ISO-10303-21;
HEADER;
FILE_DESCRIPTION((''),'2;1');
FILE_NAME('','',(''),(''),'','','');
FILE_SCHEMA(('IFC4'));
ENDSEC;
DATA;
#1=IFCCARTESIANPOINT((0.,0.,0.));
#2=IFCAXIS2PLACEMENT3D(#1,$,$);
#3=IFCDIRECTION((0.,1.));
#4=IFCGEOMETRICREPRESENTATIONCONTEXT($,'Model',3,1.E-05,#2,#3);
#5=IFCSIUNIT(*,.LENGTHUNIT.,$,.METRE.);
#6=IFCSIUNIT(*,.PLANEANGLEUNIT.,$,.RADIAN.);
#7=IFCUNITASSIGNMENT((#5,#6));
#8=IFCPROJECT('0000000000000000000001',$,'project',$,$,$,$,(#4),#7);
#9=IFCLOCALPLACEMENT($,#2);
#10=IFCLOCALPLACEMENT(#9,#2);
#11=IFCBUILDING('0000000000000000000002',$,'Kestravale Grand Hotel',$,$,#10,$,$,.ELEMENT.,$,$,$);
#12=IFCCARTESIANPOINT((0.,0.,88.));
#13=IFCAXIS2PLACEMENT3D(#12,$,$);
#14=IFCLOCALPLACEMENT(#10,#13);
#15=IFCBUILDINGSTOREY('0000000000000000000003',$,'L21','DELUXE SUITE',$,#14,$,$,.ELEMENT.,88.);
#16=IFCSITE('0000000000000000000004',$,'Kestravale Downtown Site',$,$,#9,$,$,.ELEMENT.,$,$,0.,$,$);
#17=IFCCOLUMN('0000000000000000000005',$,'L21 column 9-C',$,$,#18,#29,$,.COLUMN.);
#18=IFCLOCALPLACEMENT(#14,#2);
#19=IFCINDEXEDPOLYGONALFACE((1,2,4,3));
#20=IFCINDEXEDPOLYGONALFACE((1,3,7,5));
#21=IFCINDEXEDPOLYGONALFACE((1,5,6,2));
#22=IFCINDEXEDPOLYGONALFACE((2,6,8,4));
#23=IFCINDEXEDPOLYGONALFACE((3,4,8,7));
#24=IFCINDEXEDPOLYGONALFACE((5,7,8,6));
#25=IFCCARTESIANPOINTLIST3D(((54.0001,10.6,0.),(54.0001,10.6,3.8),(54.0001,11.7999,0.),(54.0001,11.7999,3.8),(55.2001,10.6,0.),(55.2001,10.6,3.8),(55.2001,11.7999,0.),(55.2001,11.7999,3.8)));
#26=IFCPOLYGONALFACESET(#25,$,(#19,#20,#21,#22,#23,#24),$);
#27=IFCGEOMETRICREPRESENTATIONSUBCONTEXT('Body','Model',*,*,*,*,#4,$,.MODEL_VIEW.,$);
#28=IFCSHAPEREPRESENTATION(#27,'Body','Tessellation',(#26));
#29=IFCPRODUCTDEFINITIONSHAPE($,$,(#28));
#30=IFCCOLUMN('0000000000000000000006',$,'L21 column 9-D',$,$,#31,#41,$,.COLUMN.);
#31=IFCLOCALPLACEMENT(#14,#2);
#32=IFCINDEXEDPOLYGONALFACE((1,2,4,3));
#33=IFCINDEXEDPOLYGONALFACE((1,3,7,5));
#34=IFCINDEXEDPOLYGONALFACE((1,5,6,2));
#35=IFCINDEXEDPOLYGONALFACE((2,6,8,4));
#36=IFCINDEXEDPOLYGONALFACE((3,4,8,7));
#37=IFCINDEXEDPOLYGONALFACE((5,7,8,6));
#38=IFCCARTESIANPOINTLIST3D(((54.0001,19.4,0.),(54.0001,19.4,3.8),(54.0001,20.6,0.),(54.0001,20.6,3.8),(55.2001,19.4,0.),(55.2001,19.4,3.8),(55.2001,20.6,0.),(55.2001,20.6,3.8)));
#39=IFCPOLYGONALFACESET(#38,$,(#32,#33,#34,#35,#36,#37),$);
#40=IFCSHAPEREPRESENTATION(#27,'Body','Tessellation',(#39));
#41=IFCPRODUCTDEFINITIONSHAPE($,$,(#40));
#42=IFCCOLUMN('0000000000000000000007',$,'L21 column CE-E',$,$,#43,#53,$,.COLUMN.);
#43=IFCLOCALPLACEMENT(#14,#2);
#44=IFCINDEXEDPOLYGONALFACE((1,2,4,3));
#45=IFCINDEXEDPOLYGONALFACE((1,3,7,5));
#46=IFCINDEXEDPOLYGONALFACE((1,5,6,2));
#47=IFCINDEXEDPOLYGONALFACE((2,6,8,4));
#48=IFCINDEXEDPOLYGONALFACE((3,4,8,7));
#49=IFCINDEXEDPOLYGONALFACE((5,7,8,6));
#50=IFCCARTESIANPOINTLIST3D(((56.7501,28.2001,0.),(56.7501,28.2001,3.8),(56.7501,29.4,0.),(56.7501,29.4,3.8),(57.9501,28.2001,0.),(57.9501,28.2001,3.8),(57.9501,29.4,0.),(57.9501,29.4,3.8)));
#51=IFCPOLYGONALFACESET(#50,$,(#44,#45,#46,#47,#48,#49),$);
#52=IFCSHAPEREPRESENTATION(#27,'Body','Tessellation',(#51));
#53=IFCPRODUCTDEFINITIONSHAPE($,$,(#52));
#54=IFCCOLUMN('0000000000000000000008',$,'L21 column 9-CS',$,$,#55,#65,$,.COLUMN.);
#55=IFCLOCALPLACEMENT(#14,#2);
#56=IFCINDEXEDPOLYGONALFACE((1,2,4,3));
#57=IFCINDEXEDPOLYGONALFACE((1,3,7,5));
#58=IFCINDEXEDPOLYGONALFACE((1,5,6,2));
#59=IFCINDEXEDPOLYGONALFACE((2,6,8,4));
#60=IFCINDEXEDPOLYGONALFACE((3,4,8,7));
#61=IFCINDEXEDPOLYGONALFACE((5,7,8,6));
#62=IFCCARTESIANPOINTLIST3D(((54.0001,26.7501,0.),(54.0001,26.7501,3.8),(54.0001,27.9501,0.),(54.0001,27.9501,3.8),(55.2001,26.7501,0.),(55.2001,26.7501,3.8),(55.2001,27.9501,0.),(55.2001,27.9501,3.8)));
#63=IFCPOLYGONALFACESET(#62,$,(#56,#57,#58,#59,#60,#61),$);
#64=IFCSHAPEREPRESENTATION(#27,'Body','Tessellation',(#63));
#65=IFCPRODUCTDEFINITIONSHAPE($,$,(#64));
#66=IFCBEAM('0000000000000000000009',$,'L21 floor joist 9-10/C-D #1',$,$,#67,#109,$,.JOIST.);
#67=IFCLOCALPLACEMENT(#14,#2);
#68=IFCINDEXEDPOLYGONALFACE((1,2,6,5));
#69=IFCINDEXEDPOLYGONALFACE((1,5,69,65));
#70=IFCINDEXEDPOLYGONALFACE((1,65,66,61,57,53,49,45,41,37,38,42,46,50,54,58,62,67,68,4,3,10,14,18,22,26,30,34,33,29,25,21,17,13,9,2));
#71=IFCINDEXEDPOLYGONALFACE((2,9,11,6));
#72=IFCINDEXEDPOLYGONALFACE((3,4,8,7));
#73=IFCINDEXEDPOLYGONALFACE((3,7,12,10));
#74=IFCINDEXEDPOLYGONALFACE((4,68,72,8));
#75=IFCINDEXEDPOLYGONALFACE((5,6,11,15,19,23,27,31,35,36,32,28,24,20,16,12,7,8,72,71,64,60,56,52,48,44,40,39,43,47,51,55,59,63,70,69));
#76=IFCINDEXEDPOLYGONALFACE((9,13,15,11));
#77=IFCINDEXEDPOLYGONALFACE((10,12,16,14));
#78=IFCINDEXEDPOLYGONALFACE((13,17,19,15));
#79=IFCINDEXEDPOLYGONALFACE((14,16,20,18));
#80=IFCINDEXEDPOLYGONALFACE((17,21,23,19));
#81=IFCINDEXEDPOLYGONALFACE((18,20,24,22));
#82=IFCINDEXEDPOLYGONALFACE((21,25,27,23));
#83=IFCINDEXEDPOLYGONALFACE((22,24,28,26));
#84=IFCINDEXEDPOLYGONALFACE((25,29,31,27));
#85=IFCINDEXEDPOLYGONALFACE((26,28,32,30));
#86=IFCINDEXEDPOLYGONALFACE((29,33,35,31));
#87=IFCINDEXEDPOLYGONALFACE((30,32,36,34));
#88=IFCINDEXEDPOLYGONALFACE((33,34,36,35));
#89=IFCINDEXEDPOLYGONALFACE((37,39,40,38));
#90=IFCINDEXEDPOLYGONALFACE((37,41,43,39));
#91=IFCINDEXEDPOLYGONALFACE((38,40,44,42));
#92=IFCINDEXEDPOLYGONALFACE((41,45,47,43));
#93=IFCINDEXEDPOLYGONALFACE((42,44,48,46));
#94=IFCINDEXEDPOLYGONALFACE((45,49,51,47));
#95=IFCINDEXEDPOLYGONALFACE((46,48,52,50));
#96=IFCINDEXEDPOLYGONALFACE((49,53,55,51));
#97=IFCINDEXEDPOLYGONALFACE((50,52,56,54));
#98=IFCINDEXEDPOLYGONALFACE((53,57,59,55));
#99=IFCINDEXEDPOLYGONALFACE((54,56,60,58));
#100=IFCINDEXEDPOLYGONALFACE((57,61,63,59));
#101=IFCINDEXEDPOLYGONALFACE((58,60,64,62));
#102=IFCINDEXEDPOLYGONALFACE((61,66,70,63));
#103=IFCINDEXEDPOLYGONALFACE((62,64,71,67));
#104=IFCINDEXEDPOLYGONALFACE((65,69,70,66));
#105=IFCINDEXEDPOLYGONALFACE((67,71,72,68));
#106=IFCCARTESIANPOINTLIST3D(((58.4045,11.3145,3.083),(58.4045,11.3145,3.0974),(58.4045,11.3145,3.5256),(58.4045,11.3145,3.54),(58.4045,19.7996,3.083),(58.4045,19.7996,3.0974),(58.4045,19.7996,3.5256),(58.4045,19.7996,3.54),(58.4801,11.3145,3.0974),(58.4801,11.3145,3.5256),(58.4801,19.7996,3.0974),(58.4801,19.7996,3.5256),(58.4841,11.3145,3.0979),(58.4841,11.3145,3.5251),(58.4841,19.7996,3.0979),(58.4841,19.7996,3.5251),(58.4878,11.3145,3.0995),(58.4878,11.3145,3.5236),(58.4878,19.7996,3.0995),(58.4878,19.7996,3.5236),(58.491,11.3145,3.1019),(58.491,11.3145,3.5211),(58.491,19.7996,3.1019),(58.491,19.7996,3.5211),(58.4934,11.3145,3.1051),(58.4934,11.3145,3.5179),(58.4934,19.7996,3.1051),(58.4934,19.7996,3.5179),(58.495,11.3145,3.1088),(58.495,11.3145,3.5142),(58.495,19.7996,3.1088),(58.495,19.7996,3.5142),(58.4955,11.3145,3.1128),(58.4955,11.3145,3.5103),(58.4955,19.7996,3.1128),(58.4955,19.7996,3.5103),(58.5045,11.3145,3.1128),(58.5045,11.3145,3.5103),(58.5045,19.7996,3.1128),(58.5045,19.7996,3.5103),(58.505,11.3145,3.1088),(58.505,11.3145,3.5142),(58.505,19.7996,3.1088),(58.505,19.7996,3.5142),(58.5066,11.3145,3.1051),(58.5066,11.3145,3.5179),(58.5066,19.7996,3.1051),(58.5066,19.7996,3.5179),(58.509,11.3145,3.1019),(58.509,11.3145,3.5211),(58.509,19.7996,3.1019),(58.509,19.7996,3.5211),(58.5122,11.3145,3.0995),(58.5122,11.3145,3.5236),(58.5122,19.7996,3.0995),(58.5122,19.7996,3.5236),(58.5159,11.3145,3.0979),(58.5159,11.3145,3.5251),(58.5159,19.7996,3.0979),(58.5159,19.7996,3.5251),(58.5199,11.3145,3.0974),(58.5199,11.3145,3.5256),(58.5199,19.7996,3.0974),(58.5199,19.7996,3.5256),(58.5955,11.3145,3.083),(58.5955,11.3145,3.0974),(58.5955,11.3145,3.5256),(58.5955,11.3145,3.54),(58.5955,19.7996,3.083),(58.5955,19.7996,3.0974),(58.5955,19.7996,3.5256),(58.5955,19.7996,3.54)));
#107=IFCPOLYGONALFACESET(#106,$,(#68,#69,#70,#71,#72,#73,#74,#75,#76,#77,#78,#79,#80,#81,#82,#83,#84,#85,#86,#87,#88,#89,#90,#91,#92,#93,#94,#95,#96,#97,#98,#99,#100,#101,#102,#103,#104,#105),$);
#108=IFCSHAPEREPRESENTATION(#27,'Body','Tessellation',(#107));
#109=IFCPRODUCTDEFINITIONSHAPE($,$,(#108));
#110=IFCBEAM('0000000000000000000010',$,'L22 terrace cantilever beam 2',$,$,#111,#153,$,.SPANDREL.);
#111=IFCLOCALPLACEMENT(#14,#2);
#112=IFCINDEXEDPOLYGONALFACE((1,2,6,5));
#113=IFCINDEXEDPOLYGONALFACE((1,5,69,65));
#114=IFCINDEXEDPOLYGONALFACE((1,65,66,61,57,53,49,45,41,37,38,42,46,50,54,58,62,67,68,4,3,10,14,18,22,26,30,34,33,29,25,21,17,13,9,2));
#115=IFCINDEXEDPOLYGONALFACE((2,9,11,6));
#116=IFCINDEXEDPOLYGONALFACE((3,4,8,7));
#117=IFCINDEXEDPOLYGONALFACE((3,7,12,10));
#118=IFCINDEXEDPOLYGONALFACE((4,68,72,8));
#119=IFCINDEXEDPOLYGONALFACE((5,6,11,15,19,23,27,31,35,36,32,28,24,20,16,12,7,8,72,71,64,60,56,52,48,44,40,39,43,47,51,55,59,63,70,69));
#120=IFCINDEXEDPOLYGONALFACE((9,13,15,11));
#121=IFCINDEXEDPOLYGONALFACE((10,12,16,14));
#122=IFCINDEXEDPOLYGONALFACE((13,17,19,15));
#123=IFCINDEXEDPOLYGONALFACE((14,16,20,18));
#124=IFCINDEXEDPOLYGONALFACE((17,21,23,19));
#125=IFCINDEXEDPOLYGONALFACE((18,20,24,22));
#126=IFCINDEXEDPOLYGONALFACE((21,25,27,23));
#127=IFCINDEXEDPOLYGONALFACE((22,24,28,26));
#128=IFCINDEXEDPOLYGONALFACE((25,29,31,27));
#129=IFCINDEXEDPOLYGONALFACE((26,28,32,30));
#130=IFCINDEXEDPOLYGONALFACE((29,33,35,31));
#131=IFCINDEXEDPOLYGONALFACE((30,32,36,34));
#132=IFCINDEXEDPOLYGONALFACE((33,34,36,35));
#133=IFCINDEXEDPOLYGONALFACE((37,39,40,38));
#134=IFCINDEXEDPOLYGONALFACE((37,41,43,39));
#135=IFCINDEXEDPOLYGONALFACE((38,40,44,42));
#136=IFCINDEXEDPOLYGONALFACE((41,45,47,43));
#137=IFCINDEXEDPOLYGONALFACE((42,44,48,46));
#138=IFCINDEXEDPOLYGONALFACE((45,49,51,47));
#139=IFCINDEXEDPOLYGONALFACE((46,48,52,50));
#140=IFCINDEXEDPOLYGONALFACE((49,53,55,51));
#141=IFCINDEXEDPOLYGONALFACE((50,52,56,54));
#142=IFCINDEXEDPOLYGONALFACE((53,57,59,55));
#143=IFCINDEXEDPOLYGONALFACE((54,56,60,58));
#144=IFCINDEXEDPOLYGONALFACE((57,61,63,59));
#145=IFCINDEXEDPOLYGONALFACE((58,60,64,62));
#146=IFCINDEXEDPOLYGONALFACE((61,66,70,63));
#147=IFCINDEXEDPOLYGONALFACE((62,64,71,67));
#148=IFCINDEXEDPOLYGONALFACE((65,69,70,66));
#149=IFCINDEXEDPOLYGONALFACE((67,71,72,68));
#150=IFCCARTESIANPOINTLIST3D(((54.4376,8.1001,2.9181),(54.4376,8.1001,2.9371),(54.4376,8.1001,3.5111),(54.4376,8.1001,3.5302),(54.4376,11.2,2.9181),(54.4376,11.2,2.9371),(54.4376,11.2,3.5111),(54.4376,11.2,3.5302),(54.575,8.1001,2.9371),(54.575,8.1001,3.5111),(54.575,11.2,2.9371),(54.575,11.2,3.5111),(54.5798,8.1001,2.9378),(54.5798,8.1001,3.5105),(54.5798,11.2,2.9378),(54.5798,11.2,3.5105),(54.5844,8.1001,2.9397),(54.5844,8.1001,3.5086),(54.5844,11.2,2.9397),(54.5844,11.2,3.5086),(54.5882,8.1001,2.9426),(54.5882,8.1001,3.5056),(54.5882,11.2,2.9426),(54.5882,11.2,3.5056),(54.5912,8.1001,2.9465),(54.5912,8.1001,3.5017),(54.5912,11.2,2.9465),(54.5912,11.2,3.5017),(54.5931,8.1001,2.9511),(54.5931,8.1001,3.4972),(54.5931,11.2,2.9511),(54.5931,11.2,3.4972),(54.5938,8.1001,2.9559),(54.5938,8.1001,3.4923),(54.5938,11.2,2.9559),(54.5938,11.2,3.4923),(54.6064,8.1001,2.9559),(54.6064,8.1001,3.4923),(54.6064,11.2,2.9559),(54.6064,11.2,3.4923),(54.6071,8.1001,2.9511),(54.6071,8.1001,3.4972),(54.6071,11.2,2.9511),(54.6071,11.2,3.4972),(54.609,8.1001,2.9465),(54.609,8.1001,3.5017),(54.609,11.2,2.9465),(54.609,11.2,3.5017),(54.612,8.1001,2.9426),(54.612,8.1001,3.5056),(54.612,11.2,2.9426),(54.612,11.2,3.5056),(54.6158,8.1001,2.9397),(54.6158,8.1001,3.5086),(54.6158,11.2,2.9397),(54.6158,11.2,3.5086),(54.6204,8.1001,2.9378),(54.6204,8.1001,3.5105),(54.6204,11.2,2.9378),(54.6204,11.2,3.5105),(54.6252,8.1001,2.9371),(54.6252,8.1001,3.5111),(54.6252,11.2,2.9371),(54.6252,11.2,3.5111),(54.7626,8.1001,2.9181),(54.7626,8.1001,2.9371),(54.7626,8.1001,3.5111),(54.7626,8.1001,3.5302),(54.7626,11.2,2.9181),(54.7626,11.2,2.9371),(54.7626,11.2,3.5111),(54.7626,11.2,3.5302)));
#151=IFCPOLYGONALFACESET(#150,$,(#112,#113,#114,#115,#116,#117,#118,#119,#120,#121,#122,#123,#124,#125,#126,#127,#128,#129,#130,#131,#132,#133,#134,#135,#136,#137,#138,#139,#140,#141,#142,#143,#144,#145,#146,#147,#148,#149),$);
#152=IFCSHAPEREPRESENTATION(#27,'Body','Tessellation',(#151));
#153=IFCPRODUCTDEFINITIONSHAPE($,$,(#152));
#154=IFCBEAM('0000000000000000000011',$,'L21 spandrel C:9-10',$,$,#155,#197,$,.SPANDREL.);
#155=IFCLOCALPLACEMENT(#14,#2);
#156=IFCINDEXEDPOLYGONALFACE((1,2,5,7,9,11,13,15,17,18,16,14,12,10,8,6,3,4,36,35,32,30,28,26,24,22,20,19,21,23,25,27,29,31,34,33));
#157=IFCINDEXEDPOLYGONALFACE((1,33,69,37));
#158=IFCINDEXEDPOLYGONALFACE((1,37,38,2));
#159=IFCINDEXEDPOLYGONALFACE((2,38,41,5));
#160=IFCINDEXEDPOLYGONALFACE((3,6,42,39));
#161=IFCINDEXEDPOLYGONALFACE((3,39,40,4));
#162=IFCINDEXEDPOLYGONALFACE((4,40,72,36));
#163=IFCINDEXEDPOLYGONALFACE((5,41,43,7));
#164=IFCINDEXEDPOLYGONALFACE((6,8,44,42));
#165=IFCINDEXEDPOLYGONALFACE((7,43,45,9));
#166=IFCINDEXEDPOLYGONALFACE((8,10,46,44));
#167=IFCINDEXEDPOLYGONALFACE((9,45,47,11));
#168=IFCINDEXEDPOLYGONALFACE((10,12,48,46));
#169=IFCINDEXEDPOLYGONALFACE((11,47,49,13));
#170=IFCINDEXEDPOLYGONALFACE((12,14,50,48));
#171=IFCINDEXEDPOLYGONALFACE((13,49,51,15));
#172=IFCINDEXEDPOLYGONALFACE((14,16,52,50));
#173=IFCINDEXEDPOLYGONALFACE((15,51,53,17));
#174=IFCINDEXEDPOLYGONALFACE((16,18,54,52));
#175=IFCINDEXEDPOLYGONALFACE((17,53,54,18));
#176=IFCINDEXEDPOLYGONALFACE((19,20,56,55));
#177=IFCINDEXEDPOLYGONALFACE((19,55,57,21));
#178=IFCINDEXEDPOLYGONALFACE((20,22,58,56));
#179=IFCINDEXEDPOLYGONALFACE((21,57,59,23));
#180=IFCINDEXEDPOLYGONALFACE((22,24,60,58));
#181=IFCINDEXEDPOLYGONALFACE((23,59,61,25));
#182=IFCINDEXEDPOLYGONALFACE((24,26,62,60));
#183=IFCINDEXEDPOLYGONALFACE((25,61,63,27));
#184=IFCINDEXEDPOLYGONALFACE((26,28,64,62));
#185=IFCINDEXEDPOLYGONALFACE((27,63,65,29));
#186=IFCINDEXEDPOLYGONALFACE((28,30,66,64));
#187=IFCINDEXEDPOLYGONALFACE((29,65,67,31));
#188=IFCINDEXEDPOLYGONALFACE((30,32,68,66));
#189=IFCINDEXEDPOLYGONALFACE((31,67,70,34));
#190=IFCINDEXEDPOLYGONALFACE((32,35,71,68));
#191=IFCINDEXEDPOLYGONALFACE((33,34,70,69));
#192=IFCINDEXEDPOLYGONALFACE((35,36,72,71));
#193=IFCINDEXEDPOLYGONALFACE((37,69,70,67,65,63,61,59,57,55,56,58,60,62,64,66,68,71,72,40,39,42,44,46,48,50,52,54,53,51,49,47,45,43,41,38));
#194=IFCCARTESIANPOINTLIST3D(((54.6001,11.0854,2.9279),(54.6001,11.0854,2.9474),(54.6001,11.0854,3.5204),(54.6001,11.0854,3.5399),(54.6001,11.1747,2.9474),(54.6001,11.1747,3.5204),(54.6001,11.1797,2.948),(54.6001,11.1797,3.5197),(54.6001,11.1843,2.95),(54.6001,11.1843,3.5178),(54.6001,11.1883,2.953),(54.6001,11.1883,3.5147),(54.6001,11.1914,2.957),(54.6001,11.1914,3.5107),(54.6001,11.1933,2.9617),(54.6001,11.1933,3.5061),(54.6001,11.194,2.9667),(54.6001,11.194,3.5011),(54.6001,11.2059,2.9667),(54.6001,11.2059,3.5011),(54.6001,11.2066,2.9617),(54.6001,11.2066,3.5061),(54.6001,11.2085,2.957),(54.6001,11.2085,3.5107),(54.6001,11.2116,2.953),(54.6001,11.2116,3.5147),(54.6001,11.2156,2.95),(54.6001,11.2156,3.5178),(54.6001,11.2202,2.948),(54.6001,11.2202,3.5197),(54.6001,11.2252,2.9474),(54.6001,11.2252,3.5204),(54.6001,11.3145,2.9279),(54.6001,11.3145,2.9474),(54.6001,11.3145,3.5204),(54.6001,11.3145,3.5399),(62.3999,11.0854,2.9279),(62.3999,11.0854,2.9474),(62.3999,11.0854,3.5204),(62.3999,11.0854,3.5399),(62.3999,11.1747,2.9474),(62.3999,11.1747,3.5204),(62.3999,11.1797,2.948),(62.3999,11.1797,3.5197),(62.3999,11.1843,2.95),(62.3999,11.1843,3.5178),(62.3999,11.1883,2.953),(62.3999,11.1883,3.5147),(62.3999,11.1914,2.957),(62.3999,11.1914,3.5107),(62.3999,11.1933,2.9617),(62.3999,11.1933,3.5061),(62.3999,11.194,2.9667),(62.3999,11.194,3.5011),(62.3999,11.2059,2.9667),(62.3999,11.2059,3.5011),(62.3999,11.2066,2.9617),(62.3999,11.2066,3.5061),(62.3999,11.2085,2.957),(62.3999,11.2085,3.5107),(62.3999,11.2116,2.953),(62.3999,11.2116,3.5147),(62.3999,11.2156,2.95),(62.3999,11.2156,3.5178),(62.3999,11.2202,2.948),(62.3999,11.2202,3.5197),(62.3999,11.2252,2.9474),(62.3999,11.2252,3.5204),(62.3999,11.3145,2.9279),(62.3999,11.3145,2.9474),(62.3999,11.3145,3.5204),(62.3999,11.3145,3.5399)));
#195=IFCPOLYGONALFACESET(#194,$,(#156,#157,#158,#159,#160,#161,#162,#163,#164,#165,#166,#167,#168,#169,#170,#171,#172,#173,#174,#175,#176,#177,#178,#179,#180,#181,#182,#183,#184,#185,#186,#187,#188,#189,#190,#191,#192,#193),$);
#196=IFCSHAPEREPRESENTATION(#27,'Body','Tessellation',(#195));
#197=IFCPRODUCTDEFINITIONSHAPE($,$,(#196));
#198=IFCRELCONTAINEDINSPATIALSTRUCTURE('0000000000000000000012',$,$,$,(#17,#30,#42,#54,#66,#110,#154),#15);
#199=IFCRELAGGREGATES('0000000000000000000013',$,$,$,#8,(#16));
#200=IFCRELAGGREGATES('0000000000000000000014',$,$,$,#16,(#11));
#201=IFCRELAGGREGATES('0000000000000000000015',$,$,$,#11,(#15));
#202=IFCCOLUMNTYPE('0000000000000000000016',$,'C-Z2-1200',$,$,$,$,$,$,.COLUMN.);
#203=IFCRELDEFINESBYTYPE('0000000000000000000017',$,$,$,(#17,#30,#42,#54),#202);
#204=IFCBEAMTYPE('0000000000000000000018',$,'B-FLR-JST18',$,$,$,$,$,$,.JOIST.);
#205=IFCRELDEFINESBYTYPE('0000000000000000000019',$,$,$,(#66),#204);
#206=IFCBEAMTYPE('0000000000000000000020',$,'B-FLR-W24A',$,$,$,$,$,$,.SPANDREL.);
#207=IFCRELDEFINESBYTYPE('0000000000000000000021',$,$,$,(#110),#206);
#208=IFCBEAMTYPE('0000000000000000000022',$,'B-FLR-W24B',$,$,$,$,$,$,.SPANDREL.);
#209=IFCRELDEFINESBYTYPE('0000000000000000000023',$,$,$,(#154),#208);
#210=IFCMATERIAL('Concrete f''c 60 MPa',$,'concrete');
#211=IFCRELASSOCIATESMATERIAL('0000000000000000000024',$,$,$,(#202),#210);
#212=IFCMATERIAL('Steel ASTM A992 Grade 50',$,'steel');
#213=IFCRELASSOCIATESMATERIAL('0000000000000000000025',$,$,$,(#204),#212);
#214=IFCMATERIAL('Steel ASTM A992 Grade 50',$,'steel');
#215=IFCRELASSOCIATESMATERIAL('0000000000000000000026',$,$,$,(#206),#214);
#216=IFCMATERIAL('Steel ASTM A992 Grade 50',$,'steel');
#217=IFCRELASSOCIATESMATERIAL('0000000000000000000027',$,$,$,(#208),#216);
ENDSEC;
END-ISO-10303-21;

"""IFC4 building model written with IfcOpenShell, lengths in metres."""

from ifc_helpers import new_model, si_unit, direction, frame, origin, origin_2d, place, context, subcontext, project, spatial, rectangle, i_section, extrude, material, material_profile, profile_set, type_object, element, save


model = new_model("IFC4")

# Units and contexts
model_context = context("Model", 3, precision=1e-05, world=origin(), true_north=direction((0.0, 1.0)))
body_context = subcontext(model_context, "Body", "Model", "MODEL_VIEW")
ifc_project = project(units=[si_unit("LENGTHUNIT", "METRE"), si_unit("PLANEANGLEUNIT", "RADIAN")], contexts=[model_context])

# Site, building, storey
site_placement = place(None, origin())
site = spatial("IfcSite", under=ifc_project, at=site_placement, Name="Kestravale Downtown Site", CompositionType="ELEMENT", RefElevation=0.0)
building_placement = place(site_placement, origin())
building = spatial("IfcBuilding", under=site, at=building_placement, Name="Kestravale Grand Hotel", CompositionType="ELEMENT")
storey_placement = place(building_placement, frame((0.0, 0.0, 88.0)))
storey = spatial("IfcBuildingStorey", under=building, at=storey_placement, Name="L21", Description="DELUXE SUITE", CompositionType="ELEMENT", Elevation=88.0)

# Columns
ifc_material_1 = material(Name="Concrete f'c 60 MPa", Category="concrete")
ifc_material_profile_1 = material_profile(ifc_material_1, rectangle(XDim=1.2, YDim=1.2, at=origin_2d()))
ifc_profile_set_1 = profile_set([ifc_material_profile_1], Name="Concrete f'c 60 MPa")
column_type = type_object("IfcColumnType", Name="C-Z2-1200", PredefinedType="COLUMN", material=ifc_profile_set_1)
for number, where, z_axis, x_axis, name in (
    (1, (54.6001, 11.2, 0.0), (0.0, 0.0, 1.0), (1.0, 0.0, 0.0), "L21 column 9-C"),
    (2, (54.6001, 20.0, 0.0), (0.0, 0.0, 1.0), (1.0, 0.0, 0.0), "L21 column 9-D"),
    (3, (57.3501, 28.8, 0.0), (0.0, 0.0, 1.0), (1.0, 0.0, 0.0), "L21 column CE-E"),
    (4, (54.6001, 27.3501, 0.0), (0.0, 0.0, 1.0), (1.0, 0.0, 0.0), "L21 column 9-CS"),
):
    element("IfcColumn", number, at=place(storey_placement, frame(where, z_axis=z_axis, x_axis=x_axis)), inside=storey, type_object=column_type, Name=name, PredefinedType="COLUMN", context=body_context, shape_type="SweptSolid", body=[
        extrude(rectangle(XDim=1.2, YDim=1.2, at=origin_2d()), origin(), (0.0, 0.0, 1.0), 3.8),
    ])

# Beams
ifc_material_2 = material(Name="Steel ASTM A992 Grade 50", Category="steel")
ifc_material_profile_2 = material_profile(ifc_material_2, i_section(OverallWidth=0.1909, OverallDepth=0.457, WebThickness=0.009, FlangeThickness=0.0144, FilletRadius=0.0154, at=origin_2d()))
ifc_profile_set_2 = profile_set([ifc_material_profile_2], Name="Steel ASTM A992 Grade 50")
beam_type_1 = type_object("IfcBeamType", Name="B-FLR-JST18", PredefinedType="JOIST", material=ifc_profile_set_2)
beam_1_placement = place(storey_placement, frame((58.5, 11.3145, 3.3115), z_axis=(0.0, 1.0, 0.0), x_axis=(-1.0, 0.0, 0.0)))
element("IfcBeam", 5, at=beam_1_placement, inside=storey, type_object=beam_type_1, Name="L21 floor joist 9-10/C-D #1", PredefinedType="JOIST", context=body_context, shape_type="SweptSolid", body=[
    extrude(i_section(OverallWidth=0.1909, OverallDepth=0.457, WebThickness=0.009, FlangeThickness=0.0144, FilletRadius=0.0154, at=origin_2d()), origin(), (0.0, 0.0, 1.0), 8.4851),
])
ifc_material_3 = material(Name="Steel ASTM A992 Grade 50", Category="steel")
ifc_material_profile_3 = material_profile(ifc_material_3, i_section(OverallWidth=0.325, OverallDepth=0.6121, WebThickness=0.0127, FlangeThickness=0.019, FilletRadius=0.0188, at=origin_2d()))
ifc_profile_set_3 = profile_set([ifc_material_profile_3], Name="Steel ASTM A992 Grade 50")
beam_type_2 = type_object("IfcBeamType", Name="B-FLR-W24A", PredefinedType="SPANDREL", material=ifc_profile_set_3)
beam_2_placement = place(storey_placement, frame((54.6001, 11.2, 3.2241), z_axis=(0.0, -1.0, 0.0), x_axis=(1.0, 0.0, 0.0)))
element("IfcBeam", 6, at=beam_2_placement, inside=storey, type_object=beam_type_2, Name="L22 terrace cantilever beam 2", PredefinedType="SPANDREL", context=body_context, shape_type="SweptSolid", body=[
    extrude(i_section(OverallWidth=0.325, OverallDepth=0.6121, WebThickness=0.0127, FlangeThickness=0.019, FilletRadius=0.0188, at=origin_2d()), origin(), (0.0, 0.0, 1.0), 3.0999),
])
ifc_material_4 = material(Name="Steel ASTM A992 Grade 50", Category="steel")
ifc_material_profile_4 = material_profile(ifc_material_4, i_section(OverallWidth=0.229, OverallDepth=0.6121, WebThickness=0.012, FlangeThickness=0.0195, FilletRadius=0.0193, at=origin_2d()))
ifc_profile_set_4 = profile_set([ifc_material_profile_4], Name="Steel ASTM A992 Grade 50")
beam_type_3 = type_object("IfcBeamType", Name="B-FLR-W24B", PredefinedType="SPANDREL", material=ifc_profile_set_4)
beam_3_placement = place(storey_placement, frame((54.6001, 11.2, 3.2339), z_axis=(1.0, 0.0, 0.0), x_axis=(0.0, 1.0, 0.0)))
element("IfcBeam", 7, at=beam_3_placement, inside=storey, type_object=beam_type_3, Name="L21 spandrel C:9-10", PredefinedType="SPANDREL", context=body_context, shape_type="SweptSolid", body=[
    extrude(i_section(OverallWidth=0.229, OverallDepth=0.6121, WebThickness=0.012, FlangeThickness=0.0195, FilletRadius=0.0193, at=origin_2d()), origin(), (0.0, 0.0, 1.0), 7.7998),
])

save(model, "model.ifc")
